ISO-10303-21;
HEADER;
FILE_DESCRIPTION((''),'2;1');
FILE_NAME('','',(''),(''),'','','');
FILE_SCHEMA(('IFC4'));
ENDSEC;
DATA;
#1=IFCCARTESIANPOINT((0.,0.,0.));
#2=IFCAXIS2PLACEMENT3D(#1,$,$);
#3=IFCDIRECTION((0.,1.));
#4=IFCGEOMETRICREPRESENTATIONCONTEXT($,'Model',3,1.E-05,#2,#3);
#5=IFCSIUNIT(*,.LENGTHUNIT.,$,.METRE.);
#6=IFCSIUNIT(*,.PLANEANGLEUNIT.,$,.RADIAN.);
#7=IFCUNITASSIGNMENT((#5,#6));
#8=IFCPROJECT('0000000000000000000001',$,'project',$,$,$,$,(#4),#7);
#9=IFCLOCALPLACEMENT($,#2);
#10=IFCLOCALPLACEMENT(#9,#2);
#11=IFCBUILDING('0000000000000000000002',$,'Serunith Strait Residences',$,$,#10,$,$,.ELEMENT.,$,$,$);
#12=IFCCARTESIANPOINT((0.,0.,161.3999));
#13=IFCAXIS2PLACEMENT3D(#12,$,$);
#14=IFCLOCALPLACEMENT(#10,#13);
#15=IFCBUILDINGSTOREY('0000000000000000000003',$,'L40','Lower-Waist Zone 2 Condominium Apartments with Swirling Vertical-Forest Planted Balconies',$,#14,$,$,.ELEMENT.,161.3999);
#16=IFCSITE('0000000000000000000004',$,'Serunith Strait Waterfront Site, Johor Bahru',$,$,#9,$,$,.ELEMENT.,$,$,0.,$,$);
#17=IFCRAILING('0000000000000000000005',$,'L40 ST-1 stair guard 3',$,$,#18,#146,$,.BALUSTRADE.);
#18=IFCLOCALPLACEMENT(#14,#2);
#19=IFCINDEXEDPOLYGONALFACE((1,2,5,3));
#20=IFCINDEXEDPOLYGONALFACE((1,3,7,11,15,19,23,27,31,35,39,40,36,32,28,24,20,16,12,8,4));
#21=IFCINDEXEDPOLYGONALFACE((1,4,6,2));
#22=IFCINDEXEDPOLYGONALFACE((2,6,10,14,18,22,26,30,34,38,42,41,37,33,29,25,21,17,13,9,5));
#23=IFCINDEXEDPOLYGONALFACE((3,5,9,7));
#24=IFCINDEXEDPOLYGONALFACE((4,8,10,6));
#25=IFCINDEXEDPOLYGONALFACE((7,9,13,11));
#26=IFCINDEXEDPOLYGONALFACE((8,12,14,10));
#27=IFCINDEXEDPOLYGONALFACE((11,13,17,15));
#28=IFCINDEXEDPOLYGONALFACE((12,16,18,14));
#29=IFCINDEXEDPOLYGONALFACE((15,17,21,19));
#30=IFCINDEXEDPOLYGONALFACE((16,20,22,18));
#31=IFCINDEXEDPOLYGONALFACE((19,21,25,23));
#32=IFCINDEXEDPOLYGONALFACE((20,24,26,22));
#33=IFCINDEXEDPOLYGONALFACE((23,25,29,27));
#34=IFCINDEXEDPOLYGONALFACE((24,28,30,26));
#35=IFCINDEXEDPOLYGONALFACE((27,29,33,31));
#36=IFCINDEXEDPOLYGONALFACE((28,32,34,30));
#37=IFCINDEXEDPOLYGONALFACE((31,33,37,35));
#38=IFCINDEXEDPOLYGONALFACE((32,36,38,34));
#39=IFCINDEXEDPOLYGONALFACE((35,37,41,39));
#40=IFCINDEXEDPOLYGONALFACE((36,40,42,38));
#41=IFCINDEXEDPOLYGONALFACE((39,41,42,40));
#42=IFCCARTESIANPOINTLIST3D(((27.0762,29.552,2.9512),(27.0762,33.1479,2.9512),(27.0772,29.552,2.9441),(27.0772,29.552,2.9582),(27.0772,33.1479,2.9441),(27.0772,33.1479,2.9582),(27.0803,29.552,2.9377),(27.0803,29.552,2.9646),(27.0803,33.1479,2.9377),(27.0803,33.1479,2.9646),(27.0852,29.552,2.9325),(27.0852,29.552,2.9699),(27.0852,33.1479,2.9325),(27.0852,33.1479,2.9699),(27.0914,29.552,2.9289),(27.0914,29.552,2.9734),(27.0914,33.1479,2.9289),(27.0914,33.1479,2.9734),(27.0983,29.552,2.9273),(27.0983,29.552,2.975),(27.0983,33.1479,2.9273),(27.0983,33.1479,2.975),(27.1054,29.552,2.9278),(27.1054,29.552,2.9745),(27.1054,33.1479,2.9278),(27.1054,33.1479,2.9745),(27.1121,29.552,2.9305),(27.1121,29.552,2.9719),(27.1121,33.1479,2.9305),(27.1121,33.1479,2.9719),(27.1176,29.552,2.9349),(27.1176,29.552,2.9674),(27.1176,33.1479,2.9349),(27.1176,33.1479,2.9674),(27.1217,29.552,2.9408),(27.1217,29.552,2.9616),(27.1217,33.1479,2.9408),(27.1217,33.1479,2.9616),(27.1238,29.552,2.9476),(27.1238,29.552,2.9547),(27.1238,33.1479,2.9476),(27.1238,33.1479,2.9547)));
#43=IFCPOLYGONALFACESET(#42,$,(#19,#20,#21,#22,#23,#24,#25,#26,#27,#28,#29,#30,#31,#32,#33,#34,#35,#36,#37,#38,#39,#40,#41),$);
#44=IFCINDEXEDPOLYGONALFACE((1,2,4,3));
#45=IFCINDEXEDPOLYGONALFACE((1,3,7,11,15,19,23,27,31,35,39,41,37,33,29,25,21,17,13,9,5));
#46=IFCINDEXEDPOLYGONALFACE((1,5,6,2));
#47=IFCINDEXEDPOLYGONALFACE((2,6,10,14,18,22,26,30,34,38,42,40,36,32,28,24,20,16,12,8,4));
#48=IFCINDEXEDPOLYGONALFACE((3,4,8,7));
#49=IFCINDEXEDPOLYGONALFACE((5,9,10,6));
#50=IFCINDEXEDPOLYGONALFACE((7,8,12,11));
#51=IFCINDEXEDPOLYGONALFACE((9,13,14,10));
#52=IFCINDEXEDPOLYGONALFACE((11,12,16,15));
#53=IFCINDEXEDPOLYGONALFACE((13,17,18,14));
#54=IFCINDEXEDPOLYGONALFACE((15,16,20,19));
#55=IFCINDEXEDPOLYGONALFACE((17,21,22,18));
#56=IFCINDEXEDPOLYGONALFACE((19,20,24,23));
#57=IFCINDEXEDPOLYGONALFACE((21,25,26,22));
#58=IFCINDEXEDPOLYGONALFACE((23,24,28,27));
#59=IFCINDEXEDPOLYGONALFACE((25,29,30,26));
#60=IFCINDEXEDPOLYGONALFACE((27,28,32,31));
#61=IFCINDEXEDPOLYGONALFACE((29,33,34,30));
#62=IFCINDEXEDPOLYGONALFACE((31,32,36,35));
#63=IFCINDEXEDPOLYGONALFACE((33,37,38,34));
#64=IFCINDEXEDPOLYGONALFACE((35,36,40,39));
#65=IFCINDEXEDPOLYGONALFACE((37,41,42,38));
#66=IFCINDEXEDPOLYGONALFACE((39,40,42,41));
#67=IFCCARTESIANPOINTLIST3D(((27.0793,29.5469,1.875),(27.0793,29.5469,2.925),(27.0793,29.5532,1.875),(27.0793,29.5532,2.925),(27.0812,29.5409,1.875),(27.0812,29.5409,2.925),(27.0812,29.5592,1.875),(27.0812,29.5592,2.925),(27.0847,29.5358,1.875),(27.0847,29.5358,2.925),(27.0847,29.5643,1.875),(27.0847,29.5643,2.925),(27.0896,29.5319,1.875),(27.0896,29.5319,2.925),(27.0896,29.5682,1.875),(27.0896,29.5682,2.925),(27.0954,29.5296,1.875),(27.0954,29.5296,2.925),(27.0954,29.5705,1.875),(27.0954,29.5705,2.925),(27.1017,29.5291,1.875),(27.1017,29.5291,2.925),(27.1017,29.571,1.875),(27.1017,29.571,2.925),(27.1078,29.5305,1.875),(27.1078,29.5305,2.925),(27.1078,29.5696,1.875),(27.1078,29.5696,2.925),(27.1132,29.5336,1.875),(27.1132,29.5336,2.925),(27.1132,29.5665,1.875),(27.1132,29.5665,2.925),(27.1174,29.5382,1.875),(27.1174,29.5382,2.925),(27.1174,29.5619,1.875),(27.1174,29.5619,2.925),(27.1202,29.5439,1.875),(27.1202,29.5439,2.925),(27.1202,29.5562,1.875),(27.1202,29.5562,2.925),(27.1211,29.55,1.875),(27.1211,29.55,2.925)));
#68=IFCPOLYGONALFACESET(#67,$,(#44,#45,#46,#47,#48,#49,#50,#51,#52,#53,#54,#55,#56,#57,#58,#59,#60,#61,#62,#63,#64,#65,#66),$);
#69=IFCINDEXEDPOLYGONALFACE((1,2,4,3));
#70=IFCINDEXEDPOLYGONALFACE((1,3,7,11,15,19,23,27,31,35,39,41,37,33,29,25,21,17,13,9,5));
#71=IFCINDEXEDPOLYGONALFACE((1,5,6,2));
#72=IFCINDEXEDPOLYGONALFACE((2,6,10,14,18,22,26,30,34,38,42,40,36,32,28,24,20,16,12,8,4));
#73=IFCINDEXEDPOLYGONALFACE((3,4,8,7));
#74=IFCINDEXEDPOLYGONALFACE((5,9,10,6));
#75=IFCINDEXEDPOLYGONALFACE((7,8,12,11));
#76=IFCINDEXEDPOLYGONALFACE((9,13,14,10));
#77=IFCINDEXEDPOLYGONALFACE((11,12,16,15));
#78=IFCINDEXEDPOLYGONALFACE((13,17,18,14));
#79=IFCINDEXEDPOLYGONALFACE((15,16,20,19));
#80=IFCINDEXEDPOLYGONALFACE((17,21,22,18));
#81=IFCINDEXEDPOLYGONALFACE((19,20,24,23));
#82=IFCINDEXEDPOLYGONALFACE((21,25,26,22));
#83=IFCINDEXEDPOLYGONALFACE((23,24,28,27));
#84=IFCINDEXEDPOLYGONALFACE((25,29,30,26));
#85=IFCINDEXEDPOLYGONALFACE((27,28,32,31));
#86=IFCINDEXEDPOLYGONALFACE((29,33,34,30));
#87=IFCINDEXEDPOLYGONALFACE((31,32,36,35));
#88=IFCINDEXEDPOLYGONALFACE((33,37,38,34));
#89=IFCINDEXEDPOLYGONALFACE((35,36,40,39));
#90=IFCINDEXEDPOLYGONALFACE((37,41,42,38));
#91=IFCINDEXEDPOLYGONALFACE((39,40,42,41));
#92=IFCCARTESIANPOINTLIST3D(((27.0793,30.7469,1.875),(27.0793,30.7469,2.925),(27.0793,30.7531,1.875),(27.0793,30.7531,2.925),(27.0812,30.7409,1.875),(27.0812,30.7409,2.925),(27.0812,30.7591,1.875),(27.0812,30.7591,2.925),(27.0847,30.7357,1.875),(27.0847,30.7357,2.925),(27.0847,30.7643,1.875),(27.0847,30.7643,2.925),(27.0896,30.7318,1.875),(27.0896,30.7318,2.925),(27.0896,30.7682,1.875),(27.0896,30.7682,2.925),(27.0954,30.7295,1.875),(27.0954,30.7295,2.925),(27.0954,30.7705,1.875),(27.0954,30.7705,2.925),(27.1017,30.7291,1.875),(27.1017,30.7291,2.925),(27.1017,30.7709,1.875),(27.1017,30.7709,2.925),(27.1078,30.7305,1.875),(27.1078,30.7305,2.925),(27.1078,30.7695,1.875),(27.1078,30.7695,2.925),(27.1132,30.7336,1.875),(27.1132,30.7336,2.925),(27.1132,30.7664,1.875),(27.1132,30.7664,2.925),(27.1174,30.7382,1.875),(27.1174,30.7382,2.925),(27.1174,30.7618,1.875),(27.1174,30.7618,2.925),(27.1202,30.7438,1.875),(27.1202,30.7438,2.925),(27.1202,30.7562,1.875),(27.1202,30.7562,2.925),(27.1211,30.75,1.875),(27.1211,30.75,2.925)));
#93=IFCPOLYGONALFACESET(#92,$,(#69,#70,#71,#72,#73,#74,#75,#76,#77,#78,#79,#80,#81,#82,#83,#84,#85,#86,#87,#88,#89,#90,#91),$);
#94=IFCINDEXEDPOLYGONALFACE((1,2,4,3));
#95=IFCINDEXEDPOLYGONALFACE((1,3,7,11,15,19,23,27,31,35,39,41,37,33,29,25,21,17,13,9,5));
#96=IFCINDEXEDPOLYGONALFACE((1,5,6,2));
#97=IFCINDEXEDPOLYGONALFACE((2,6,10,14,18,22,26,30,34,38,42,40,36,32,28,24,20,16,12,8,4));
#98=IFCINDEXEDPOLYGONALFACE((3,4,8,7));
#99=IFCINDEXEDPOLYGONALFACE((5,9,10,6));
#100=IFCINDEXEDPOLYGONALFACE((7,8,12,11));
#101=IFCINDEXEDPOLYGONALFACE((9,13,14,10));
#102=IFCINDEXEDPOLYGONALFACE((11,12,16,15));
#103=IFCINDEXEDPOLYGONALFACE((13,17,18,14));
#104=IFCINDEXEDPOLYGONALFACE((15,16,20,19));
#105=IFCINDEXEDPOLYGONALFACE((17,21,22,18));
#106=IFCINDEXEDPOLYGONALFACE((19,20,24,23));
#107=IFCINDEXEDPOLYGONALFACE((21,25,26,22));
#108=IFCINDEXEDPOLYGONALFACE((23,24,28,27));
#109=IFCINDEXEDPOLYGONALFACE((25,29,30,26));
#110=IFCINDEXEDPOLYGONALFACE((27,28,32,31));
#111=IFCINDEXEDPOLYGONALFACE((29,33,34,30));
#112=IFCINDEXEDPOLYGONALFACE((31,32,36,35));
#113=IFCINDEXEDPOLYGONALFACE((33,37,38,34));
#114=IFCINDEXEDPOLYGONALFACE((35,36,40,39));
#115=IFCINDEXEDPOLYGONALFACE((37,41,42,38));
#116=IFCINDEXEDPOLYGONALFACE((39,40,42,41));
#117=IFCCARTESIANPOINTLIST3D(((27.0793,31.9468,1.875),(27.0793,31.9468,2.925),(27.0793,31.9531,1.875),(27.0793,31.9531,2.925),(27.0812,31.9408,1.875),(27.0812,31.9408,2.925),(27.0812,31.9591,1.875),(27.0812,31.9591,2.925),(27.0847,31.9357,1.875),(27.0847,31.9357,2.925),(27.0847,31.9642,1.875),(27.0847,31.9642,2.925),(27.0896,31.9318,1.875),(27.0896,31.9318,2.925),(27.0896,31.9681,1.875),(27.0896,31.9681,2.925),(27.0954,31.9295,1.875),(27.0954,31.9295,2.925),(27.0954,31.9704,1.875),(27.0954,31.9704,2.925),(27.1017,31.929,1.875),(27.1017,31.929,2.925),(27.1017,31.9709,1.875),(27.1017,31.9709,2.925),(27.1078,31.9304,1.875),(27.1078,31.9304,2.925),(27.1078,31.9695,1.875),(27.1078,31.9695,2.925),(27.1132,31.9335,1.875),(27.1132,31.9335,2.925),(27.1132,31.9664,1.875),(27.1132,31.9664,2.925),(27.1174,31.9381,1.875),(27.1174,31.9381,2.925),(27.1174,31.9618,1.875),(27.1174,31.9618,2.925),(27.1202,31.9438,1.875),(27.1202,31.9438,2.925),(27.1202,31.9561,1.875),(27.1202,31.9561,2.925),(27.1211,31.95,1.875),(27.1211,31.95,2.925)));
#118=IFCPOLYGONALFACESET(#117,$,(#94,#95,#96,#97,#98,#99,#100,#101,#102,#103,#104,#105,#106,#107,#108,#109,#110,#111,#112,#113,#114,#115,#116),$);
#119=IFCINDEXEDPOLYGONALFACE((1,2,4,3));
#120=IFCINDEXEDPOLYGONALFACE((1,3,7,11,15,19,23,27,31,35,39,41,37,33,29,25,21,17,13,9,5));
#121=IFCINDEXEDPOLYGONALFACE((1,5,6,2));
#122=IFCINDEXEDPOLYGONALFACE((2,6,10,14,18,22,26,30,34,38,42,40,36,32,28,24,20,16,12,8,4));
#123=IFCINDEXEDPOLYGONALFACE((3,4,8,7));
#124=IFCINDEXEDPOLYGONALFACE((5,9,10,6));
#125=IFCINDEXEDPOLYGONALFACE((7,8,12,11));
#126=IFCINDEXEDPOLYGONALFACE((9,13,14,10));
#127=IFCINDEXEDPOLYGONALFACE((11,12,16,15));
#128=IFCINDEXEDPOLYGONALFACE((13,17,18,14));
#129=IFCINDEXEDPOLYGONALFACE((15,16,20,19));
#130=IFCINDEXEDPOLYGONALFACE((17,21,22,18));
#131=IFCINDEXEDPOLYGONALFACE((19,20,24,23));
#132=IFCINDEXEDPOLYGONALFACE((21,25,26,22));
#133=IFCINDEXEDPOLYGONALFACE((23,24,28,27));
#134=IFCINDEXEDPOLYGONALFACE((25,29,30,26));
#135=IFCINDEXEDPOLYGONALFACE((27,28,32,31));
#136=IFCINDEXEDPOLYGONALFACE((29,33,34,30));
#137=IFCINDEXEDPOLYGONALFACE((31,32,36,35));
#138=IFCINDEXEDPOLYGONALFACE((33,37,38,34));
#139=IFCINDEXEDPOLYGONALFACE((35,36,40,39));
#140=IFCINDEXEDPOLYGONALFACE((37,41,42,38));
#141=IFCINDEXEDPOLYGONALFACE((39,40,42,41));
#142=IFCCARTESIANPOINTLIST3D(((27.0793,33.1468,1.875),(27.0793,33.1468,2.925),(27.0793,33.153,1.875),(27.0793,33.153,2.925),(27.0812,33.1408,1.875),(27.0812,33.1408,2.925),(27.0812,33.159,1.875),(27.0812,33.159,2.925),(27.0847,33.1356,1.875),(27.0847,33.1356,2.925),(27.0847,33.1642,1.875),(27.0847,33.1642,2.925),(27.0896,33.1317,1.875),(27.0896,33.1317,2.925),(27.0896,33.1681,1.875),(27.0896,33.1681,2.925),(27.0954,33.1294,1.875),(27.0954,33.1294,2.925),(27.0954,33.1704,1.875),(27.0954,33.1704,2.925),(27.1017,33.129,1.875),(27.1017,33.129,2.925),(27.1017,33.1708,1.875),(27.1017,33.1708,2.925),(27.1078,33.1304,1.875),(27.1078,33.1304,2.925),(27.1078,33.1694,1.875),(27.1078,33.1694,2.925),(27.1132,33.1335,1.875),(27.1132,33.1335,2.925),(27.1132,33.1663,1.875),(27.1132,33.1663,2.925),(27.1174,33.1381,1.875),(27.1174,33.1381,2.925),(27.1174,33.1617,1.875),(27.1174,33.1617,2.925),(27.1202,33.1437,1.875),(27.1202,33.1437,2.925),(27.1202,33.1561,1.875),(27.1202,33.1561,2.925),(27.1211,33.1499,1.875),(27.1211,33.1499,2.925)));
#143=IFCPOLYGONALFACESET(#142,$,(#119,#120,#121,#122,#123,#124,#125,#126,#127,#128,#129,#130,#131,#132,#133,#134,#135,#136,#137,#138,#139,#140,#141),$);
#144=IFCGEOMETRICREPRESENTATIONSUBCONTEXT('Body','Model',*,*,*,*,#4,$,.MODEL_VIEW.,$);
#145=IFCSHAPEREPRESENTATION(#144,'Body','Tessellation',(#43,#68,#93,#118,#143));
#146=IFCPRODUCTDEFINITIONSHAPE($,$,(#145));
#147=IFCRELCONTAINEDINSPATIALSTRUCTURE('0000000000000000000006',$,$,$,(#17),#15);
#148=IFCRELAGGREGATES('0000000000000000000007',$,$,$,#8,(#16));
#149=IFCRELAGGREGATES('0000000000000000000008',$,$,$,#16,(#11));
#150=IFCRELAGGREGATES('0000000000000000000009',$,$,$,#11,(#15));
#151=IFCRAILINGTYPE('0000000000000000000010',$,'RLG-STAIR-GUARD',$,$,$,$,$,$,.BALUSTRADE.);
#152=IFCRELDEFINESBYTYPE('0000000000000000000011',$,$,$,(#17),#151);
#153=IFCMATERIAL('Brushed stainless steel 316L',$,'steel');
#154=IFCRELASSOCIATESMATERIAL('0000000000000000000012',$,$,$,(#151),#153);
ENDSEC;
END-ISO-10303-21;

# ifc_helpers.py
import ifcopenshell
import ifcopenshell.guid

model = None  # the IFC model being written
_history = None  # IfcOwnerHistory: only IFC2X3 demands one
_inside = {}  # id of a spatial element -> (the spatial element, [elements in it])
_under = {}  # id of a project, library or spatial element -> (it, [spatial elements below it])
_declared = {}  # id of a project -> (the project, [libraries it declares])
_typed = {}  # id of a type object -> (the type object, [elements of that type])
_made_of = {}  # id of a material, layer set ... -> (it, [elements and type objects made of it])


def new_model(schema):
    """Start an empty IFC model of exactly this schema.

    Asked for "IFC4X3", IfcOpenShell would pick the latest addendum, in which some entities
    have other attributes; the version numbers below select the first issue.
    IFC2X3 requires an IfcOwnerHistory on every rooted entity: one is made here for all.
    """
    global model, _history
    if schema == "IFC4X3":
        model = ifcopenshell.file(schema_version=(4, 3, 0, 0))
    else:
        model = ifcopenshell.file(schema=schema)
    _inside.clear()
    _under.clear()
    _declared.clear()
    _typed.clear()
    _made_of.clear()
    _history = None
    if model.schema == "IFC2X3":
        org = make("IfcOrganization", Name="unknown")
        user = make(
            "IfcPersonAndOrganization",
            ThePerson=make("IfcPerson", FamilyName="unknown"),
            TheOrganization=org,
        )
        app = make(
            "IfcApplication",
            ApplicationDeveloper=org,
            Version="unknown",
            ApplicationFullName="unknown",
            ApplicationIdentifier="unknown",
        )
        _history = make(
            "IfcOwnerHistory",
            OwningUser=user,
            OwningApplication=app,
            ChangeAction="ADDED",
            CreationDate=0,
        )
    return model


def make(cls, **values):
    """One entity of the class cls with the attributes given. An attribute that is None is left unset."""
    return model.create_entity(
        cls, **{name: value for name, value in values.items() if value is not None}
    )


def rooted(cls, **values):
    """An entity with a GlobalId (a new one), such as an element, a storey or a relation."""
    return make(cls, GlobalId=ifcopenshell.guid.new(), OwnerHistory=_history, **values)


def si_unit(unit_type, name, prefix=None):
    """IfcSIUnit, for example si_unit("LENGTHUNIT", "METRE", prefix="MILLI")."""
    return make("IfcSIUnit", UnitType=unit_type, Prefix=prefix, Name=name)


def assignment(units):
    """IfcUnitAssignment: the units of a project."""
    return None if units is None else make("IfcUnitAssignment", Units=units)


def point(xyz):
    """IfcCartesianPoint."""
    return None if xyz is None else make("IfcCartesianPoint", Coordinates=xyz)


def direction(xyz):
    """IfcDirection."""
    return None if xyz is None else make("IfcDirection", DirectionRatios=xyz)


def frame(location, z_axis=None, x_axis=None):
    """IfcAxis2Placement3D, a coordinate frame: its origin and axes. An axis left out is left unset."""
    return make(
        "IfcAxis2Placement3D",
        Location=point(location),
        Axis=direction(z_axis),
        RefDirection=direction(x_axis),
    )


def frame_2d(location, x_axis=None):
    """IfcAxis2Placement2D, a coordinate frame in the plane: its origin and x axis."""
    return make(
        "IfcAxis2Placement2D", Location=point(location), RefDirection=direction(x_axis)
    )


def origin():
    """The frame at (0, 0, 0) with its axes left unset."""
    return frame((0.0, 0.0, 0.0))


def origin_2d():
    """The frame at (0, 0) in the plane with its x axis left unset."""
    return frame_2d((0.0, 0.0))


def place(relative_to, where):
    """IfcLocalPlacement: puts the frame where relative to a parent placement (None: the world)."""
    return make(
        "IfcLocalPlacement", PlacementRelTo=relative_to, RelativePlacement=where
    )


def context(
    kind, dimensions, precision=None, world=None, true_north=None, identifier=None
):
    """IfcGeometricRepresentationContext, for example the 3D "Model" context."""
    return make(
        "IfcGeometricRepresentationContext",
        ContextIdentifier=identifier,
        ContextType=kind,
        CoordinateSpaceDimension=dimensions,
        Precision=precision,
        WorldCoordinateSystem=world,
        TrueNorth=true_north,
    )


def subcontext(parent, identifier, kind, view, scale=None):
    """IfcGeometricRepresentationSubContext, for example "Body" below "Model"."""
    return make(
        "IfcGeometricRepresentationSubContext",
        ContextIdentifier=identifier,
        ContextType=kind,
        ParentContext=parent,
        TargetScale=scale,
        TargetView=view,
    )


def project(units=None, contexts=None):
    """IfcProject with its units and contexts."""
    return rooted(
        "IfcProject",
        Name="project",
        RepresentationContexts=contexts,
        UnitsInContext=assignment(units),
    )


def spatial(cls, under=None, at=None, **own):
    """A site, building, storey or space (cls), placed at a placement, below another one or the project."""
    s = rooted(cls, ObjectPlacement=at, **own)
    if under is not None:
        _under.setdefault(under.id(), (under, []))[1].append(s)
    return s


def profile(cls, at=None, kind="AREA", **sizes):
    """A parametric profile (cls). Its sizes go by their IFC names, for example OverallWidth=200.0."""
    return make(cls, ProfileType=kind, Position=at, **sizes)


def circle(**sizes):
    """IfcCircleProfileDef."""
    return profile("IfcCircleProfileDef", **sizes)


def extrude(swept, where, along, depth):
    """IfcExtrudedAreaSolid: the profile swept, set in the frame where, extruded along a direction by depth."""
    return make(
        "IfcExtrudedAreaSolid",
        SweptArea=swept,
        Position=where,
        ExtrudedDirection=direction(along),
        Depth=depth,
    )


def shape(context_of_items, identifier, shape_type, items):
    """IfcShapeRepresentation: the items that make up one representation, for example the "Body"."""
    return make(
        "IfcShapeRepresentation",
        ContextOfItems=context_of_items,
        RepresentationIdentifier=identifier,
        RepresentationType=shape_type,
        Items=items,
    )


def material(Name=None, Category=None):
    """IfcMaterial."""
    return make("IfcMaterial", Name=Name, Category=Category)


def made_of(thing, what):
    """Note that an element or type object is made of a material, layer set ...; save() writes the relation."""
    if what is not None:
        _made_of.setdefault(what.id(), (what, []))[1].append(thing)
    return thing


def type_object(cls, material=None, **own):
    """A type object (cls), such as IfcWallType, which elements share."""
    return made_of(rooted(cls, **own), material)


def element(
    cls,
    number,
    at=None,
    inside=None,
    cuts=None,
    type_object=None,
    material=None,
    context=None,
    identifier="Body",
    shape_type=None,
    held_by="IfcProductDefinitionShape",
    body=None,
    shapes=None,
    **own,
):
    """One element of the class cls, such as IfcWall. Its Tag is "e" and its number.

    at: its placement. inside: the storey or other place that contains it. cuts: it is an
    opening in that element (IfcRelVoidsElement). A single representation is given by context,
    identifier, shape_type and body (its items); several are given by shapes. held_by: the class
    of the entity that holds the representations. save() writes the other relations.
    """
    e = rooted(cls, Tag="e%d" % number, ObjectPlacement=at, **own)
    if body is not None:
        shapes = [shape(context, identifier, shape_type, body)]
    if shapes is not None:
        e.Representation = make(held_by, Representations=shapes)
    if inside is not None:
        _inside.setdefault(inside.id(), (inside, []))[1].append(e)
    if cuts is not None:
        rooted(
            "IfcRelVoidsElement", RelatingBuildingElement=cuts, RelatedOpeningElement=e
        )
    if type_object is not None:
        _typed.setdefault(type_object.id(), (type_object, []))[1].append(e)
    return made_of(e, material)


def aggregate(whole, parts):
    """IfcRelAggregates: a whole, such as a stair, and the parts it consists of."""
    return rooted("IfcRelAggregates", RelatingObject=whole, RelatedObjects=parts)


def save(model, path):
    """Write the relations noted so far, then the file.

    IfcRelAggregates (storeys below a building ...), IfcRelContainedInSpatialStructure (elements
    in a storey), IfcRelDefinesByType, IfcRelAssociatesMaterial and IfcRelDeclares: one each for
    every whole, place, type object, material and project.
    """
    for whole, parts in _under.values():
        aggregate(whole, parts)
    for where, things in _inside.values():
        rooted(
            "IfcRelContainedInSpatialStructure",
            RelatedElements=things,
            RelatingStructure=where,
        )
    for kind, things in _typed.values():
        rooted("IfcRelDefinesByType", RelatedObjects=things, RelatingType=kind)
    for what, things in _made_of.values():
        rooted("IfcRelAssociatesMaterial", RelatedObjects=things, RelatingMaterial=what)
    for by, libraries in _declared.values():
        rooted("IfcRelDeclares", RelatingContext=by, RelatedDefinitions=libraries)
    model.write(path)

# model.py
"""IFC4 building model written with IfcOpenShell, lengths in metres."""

from ifc_helpers import new_model, si_unit, direction, frame, origin, origin_2d, place, context, subcontext, project, spatial, circle, extrude, material, type_object, element, save


model = new_model("IFC4")

# Units and contexts
model_context = context("Model", 3, precision=1e-05, world=origin(), true_north=direction((0.0, 1.0)))
body_context = subcontext(model_context, "Body", "Model", "MODEL_VIEW")
ifc_project = project(units=[si_unit("LENGTHUNIT", "METRE"), si_unit("PLANEANGLEUNIT", "RADIAN")], contexts=[model_context])

# Site, building, storey
site_placement = place(None, origin())
site = spatial("IfcSite", under=ifc_project, at=site_placement, Name="Serunith Strait Waterfront Site, Johor Bahru", CompositionType="ELEMENT", RefElevation=0.0)
building_placement = place(site_placement, origin())
building = spatial("IfcBuilding", under=site, at=building_placement, Name="Serunith Strait Residences", CompositionType="ELEMENT")
storey_placement = place(building_placement, frame((0.0, 0.0, 161.3999)))
storey = spatial("IfcBuildingStorey", under=building, at=storey_placement, Name="L40", Description="Lower-Waist Zone 2 Condominium Apartments with Swirling Vertical-Forest Planted Balconies", CompositionType="ELEMENT", Elevation=161.3999)

# Railing
ifc_material_1 = material(Name="Brushed stainless steel 316L", Category="steel")
railing_type_1 = type_object("IfcRailingType", Name="RLG-STAIR-GUARD", PredefinedType="BALUSTRADE", material=ifc_material_1)
for number, where, name in (
    (1, (27.1001, 29.55, 1.875), "L40 ST-1 stair guard 3"),
):
    element("IfcRailing", number, at=place(storey_placement, frame(where)), inside=storey, type_object=railing_type_1, Name=name, PredefinedType="BALUSTRADE", context=body_context, shape_type="SweptSolid", body=[
        extrude(circle(Radius=0.0239, at=origin_2d()), frame((0.0, 0.002, 1.0762), z_axis=(0.0, 1.0, 0.0), x_axis=(-1.0, 0.0, 0.0)), (0.0, 0.0, 1.0), 3.5959),
        extrude(circle(Radius=0.021, at=origin_2d()), origin(), (0.0, 0.0, 1.0), 1.05),
        extrude(circle(Radius=0.021, at=origin_2d()), frame((0.0, 1.2, 0.0)), (0.0, 0.0, 1.0), 1.05),
        extrude(circle(Radius=0.021, at=origin_2d()), frame((0.0, 2.3999, 0.0)), (0.0, 0.0, 1.0), 1.05),
        extrude(circle(Radius=0.021, at=origin_2d()), frame((0.0, 3.5999, 0.0)), (0.0, 0.0, 1.0), 1.05),
    ])

save(model, "model.ifc")
